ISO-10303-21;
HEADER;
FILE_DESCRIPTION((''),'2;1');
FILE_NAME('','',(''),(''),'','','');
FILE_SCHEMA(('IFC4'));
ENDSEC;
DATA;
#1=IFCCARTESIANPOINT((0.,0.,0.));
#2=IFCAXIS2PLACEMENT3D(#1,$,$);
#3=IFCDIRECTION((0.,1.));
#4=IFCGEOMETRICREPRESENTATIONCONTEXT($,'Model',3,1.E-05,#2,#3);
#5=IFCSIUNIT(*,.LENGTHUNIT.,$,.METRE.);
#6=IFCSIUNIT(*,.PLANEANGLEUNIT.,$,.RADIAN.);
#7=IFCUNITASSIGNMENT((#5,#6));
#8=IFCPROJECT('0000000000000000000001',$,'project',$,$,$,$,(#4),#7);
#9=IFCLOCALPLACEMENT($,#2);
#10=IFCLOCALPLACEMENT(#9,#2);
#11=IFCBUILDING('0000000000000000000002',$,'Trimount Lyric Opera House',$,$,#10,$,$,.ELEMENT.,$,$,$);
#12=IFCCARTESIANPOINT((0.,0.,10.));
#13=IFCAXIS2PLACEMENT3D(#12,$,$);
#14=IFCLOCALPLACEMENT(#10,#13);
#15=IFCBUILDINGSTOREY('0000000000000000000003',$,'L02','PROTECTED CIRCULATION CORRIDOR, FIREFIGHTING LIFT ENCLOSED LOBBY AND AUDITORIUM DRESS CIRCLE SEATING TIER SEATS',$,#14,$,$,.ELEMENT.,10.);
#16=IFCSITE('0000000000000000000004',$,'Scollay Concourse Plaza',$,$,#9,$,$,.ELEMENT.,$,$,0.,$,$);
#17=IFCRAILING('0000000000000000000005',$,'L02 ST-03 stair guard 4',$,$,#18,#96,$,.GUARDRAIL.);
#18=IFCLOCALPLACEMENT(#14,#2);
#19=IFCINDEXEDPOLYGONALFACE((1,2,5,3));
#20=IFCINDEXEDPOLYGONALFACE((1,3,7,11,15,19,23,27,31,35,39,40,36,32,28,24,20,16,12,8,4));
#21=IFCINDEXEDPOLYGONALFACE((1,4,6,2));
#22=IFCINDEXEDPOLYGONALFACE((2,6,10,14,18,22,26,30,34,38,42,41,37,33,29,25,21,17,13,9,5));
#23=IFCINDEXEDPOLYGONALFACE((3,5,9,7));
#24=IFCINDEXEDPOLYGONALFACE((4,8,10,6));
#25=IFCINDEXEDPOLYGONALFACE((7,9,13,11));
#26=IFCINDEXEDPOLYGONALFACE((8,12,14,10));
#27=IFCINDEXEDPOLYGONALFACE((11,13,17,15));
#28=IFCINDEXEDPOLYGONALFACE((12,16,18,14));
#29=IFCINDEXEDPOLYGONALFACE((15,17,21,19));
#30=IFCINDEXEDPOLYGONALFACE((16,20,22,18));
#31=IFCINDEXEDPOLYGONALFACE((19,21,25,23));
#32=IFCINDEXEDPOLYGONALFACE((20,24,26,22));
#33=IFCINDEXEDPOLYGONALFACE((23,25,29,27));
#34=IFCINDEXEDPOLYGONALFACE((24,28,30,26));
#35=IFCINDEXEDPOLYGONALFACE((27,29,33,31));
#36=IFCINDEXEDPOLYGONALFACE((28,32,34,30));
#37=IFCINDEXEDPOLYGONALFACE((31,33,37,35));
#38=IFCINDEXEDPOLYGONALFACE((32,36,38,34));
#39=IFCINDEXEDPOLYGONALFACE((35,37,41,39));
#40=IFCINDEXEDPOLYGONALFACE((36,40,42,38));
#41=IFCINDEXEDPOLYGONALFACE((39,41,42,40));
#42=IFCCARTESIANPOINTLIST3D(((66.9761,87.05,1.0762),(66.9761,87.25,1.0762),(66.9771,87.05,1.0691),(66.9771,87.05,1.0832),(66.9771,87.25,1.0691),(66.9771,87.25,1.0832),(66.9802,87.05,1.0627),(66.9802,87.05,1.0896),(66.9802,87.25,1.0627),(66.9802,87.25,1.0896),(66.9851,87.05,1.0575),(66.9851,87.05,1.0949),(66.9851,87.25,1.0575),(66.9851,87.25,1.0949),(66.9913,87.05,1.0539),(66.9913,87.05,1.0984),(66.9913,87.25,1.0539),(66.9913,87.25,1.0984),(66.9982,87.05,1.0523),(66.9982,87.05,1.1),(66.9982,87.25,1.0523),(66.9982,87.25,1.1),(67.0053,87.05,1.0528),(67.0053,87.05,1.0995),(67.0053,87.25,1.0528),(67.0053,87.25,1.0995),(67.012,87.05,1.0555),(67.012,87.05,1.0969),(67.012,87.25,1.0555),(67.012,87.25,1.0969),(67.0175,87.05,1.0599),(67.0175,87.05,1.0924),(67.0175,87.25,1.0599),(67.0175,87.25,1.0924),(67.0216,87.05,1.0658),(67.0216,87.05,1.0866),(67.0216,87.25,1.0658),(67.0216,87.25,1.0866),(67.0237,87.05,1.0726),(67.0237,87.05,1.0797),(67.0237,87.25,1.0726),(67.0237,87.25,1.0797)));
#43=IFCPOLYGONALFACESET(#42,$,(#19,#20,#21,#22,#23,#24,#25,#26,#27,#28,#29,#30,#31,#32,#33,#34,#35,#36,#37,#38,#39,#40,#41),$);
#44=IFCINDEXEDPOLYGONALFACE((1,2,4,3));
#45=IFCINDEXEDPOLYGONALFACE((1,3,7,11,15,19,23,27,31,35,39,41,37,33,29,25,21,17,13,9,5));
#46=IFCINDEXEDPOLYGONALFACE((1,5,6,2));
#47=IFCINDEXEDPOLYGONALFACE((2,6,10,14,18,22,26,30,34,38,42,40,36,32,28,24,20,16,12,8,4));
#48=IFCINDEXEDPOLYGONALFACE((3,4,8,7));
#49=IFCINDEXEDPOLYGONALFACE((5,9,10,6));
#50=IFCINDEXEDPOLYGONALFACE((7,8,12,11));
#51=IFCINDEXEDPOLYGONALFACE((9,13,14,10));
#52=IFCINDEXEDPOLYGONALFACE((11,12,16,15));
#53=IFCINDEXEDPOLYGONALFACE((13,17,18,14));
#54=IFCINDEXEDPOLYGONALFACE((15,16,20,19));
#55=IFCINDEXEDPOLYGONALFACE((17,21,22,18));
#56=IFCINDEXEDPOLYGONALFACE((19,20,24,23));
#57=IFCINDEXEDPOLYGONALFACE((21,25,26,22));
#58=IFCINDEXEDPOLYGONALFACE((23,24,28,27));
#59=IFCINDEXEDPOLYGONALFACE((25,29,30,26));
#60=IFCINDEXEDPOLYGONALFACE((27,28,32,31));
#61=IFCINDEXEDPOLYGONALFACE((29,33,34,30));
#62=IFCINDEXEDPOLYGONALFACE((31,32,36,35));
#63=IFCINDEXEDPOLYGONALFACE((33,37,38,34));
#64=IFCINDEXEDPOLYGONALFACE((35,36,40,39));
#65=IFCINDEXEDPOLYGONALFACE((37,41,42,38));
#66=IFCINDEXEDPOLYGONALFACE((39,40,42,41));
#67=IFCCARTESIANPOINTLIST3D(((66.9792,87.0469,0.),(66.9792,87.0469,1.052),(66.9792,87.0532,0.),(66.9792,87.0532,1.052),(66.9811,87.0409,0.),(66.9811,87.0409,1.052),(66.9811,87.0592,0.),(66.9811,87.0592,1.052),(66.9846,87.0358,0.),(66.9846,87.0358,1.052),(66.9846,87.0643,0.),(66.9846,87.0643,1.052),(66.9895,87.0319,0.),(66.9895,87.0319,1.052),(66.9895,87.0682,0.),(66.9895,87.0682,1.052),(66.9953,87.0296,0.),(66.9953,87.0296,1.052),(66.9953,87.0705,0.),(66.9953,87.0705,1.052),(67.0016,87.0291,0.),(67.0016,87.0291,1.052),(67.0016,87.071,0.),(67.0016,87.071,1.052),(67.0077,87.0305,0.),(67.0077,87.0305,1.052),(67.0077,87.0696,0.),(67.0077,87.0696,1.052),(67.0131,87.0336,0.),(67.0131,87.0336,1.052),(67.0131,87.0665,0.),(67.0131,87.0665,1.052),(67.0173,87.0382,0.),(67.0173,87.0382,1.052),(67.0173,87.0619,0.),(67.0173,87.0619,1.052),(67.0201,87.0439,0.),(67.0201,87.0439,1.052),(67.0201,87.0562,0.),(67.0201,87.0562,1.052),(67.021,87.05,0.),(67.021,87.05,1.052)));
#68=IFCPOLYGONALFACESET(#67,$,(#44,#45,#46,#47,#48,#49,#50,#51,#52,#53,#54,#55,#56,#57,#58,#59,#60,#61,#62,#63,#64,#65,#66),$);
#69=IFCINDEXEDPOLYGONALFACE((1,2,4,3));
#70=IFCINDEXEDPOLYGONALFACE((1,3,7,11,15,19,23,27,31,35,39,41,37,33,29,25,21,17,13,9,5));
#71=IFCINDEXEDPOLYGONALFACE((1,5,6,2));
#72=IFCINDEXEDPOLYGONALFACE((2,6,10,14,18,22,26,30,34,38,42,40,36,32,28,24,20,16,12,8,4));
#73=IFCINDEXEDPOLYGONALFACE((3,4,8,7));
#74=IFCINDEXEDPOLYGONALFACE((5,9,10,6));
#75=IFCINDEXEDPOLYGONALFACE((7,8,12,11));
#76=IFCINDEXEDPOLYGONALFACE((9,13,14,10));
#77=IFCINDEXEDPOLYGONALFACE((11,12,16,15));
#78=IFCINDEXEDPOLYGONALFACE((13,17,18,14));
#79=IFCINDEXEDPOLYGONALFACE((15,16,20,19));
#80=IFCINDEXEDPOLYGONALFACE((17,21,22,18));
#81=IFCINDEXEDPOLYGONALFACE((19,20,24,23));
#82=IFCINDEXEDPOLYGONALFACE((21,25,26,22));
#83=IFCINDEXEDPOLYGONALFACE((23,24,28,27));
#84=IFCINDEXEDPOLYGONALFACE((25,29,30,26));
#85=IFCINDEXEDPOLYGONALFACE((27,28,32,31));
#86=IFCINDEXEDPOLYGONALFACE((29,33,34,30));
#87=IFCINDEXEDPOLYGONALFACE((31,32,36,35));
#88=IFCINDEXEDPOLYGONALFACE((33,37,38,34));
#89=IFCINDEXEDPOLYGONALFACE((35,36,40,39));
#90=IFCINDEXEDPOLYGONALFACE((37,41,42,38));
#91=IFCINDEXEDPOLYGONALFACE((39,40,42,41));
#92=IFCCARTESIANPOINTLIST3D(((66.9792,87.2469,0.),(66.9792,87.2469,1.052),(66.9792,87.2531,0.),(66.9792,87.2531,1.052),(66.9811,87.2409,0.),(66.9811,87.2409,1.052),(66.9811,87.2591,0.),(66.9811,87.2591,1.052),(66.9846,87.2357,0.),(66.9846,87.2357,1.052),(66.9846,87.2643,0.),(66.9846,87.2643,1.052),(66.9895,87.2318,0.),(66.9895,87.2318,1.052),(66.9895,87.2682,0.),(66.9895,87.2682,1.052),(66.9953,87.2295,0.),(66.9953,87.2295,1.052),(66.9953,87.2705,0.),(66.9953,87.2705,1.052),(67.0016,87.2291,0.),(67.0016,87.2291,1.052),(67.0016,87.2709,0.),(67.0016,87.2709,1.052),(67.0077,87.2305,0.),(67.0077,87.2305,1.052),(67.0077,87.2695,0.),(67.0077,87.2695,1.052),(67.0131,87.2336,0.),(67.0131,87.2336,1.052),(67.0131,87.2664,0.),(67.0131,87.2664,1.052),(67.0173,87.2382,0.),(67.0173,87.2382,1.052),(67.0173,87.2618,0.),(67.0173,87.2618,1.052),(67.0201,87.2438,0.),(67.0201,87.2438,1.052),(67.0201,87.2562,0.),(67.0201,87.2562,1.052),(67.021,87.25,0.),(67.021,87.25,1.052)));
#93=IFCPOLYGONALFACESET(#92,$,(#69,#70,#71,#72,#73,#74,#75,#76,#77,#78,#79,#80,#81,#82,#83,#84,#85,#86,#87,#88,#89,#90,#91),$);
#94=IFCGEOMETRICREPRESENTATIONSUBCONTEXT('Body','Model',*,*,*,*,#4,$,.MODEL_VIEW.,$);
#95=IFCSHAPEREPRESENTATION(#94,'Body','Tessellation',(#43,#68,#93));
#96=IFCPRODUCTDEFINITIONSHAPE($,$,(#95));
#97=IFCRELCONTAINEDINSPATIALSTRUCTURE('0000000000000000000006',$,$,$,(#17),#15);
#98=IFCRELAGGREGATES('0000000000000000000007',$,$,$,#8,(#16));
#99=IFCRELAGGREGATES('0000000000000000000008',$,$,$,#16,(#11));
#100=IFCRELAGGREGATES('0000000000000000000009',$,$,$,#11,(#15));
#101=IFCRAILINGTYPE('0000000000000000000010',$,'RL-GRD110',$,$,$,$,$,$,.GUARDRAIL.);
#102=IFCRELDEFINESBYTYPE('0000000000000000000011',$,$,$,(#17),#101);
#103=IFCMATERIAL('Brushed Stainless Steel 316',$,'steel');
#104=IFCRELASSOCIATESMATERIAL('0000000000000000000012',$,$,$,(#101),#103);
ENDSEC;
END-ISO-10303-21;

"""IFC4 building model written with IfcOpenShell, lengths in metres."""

from ifc_helpers import new_model, si_unit, direction, frame, origin, origin_2d, place, context, subcontext, project, spatial, circle, extrude, material, type_object, element, save


model = new_model("IFC4")

# Units and contexts
model_context = context("Model", 3, precision=1e-05, world=origin(), true_north=direction((0.0, 1.0)))
body_context = subcontext(model_context, "Body", "Model", "MODEL_VIEW")
ifc_project = project(units=[si_unit("LENGTHUNIT", "METRE"), si_unit("PLANEANGLEUNIT", "RADIAN")], contexts=[model_context])

# Site, building, storey
site_placement = place(None, origin())
site = spatial("IfcSite", under=ifc_project, at=site_placement, Name="Scollay Concourse Plaza", CompositionType="ELEMENT", RefElevation=0.0)
building_placement = place(site_placement, origin())
building = spatial("IfcBuilding", under=site, at=building_placement, Name="Trimount Lyric Opera House", CompositionType="ELEMENT")
storey_placement = place(building_placement, frame((0.0, 0.0, 10.0)))
storey = spatial("IfcBuildingStorey", under=building, at=storey_placement, Name="L02", Description="PROTECTED CIRCULATION CORRIDOR, FIREFIGHTING LIFT ENCLOSED LOBBY AND AUDITORIUM DRESS CIRCLE SEATING TIER SEATS", CompositionType="ELEMENT", Elevation=10.0)

# Railing
ifc_material_1 = material(Name="Brushed Stainless Steel 316", Category="steel")
railing_type_1 = type_object("IfcRailingType", Name="RL-GRD110", PredefinedType="GUARDRAIL", material=ifc_material_1)
railing_1_placement = place(storey_placement, frame((67.0, 87.05, 0.0)))
element("IfcRailing", 1, at=railing_1_placement, inside=storey, type_object=railing_type_1, Name="L02 ST-03 stair guard 4", PredefinedType="GUARDRAIL", context=body_context, shape_type="SweptSolid", body=[
    extrude(circle(Radius=0.0239, at=origin_2d()), frame((0.0, 0.0, 1.0762), z_axis=(0.0, 1.0, 0.0), x_axis=(-1.0, 0.0, 0.0)), (0.0, 0.0, 1.0), 0.2),
    extrude(circle(Radius=0.021, at=origin_2d()), origin(), (0.0, 0.0, 1.0), 1.052),
    extrude(circle(Radius=0.021, at=origin_2d()), frame((0.0, 0.2, 0.0)), (0.0, 0.0, 1.0), 1.052),
])

save(model, "model.ifc")
